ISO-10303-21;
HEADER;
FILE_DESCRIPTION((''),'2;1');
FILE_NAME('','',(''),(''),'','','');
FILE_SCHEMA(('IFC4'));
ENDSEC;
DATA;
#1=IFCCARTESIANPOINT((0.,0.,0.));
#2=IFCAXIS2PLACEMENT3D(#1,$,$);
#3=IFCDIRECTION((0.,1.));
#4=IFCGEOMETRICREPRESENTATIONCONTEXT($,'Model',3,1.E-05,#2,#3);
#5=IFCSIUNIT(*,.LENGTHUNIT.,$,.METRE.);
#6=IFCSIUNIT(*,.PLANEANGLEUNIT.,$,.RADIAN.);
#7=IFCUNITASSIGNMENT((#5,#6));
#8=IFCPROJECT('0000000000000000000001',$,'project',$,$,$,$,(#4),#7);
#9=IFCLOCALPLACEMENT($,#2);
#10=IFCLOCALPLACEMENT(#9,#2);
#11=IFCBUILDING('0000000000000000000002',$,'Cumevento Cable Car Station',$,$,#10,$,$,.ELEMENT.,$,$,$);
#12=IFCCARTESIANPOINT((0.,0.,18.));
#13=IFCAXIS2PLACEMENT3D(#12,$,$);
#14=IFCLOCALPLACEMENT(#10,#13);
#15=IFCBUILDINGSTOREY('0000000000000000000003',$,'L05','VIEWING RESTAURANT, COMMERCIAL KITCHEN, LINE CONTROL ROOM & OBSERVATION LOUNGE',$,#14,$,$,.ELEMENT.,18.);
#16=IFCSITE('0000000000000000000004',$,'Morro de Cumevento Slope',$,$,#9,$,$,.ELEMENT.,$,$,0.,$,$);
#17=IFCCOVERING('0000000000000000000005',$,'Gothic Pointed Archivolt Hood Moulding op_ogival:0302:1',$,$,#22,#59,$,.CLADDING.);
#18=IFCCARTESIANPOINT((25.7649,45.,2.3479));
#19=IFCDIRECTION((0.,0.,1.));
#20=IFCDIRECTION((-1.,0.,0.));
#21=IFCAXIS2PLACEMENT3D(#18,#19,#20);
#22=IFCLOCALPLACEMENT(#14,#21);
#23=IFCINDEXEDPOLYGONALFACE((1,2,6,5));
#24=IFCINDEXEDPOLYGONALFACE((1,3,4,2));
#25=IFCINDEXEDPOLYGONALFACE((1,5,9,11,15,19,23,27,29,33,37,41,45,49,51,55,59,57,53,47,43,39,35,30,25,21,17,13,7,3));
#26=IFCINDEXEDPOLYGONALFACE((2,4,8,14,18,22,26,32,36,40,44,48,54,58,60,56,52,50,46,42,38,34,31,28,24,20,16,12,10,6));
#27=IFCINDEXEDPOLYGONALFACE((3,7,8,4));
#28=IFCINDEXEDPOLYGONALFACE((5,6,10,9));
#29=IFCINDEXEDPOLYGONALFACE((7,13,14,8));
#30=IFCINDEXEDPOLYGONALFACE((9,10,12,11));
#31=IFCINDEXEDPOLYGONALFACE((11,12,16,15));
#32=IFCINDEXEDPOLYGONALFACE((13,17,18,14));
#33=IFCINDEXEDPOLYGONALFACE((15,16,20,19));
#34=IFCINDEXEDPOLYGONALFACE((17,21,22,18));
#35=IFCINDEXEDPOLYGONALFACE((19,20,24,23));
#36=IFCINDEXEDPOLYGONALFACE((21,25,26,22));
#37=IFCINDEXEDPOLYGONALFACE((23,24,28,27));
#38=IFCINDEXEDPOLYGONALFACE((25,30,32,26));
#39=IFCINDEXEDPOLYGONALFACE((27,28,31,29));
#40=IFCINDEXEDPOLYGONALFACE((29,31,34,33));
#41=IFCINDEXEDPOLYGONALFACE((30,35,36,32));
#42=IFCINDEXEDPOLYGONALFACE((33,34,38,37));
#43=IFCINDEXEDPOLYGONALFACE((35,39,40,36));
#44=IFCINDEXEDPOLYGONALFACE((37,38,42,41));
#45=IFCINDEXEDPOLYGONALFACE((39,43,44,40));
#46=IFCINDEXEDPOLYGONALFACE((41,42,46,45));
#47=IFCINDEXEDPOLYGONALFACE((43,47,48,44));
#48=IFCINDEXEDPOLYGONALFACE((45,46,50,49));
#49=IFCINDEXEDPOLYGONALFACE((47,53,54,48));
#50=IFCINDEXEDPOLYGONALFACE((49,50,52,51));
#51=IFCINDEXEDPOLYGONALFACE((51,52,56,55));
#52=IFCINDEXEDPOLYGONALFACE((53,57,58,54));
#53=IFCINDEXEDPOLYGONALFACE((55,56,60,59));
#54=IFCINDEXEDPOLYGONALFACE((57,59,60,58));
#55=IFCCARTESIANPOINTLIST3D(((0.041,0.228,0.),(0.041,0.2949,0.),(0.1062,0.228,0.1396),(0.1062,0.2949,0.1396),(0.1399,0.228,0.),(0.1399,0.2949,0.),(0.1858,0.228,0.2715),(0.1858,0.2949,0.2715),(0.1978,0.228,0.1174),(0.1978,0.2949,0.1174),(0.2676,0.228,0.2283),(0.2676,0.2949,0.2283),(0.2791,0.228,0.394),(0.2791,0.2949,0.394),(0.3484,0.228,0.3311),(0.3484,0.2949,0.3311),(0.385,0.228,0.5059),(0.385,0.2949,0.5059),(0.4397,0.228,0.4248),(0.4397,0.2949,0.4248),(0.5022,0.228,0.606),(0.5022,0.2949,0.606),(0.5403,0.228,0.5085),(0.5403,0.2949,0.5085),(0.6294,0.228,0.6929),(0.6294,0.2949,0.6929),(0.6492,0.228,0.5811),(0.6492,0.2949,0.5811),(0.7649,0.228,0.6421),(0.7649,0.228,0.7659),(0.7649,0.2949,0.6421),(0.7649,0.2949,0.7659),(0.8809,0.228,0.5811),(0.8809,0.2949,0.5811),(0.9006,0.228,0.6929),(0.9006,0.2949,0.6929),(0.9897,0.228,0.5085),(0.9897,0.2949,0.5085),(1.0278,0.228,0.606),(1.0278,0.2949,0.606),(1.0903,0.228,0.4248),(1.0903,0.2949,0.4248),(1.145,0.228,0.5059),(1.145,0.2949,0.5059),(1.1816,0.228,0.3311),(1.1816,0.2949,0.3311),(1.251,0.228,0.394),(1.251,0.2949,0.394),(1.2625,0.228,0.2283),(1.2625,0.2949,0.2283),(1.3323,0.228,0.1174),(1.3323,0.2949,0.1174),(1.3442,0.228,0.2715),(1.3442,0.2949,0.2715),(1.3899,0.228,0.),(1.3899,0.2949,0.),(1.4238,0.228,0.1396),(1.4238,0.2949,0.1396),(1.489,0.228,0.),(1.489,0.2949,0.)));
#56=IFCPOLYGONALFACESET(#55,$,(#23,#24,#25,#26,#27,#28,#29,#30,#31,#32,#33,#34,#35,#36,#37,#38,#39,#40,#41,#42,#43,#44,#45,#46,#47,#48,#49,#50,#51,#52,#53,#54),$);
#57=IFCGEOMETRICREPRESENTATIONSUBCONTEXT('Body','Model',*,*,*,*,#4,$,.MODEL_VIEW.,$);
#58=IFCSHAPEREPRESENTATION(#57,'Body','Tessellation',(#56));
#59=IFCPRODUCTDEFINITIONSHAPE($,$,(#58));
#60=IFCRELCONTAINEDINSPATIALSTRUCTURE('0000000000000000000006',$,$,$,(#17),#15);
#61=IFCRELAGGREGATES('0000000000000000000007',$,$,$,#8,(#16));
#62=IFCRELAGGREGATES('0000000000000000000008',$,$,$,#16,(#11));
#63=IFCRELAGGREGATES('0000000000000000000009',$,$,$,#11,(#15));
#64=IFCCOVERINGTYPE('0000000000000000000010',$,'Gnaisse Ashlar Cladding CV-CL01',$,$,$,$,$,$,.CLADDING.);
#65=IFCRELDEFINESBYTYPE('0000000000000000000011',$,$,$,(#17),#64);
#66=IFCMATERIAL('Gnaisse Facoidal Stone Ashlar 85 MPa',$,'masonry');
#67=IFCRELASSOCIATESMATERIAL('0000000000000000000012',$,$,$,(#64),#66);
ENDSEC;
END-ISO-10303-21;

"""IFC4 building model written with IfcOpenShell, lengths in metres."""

from ifc_helpers import new_model, si_unit, direction, frame, origin, place, context, subcontext, project, spatial, polyline, outline, extrude, material, type_object, element, save


model = new_model("IFC4")

# Units and contexts
model_context = context("Model", 3, precision=1e-05, world=origin(), true_north=direction((0.0, 1.0)))
body_context = subcontext(model_context, "Body", "Model", "MODEL_VIEW")
ifc_project = project(units=[si_unit("LENGTHUNIT", "METRE"), si_unit("PLANEANGLEUNIT", "RADIAN")], contexts=[model_context])

# Site, building, storey
site_placement = place(None, origin())
site = spatial("IfcSite", under=ifc_project, at=site_placement, Name="Morro de Cumevento Slope", CompositionType="ELEMENT", RefElevation=0.0)
building_placement = place(site_placement, origin())
building = spatial("IfcBuilding", under=site, at=building_placement, Name="Cumevento Cable Car Station", CompositionType="ELEMENT")
storey_placement = place(building_placement, frame((0.0, 0.0, 18.0)))
storey = spatial("IfcBuildingStorey", under=building, at=storey_placement, Name="L05", Description="VIEWING RESTAURANT, COMMERCIAL KITCHEN, LINE CONTROL ROOM & OBSERVATION LOUNGE", CompositionType="ELEMENT", Elevation=18.0)

# Covering
ifc_material_1 = material(Name="Gnaisse Facoidal Stone Ashlar 85 MPa", Category="masonry")
covering_type = type_object("IfcCoveringType", Name="Gnaisse Ashlar Cladding CV-CL01", PredefinedType="CLADDING", material=ifc_material_1)
covering_1_placement = place(storey_placement, frame((25.7649, 45.0, 2.3479), z_axis=(0.0, 0.0, 1.0), x_axis=(-1.0, 0.0, 0.0)))
element("IfcCovering", 1, at=covering_1_placement, inside=storey, type_object=covering_type, Name="Gothic Pointed Archivolt Hood Moulding op_ogival:0302:1", PredefinedType="CLADDING", context=body_context, shape_type="SweptSolid", body=[
    extrude(outline(polyline([(0.1399, 0.0), (0.1978, 0.1174), (0.2676, 0.2283), (0.3484, 0.3311), (0.4397, 0.4248), (0.5403, 0.5085), (0.6492, 0.5811), (0.7649, 0.6421), (0.8809, 0.5811), (0.9897, 0.5085), (1.0903, 0.4248), (1.1816, 0.3311), (1.2625, 0.2283), (1.3323, 0.1174), (1.3899, 0.0), (1.489, 0.0), (1.4238, 0.1396), (1.3442, 0.2715), (1.251, 0.394), (1.145, 0.5059), (1.0278, 0.606), (0.9006, 0.6929), (0.7649, 0.7659), (0.6294, 0.6929), (0.5022, 0.606), (0.385, 0.5059), (0.2791, 0.394), (0.1858, 0.2715), (0.1062, 0.1396), (0.041, 0.0), (0.1399, 0.0)])), frame((0.0, 0.2949, 0.0), z_axis=(0.0, -1.0, 0.0), x_axis=(1.0, 0.0, 0.0)), (0.0, 0.0, 1.0), 0.0669),
])

save(model, "model.ifc")
